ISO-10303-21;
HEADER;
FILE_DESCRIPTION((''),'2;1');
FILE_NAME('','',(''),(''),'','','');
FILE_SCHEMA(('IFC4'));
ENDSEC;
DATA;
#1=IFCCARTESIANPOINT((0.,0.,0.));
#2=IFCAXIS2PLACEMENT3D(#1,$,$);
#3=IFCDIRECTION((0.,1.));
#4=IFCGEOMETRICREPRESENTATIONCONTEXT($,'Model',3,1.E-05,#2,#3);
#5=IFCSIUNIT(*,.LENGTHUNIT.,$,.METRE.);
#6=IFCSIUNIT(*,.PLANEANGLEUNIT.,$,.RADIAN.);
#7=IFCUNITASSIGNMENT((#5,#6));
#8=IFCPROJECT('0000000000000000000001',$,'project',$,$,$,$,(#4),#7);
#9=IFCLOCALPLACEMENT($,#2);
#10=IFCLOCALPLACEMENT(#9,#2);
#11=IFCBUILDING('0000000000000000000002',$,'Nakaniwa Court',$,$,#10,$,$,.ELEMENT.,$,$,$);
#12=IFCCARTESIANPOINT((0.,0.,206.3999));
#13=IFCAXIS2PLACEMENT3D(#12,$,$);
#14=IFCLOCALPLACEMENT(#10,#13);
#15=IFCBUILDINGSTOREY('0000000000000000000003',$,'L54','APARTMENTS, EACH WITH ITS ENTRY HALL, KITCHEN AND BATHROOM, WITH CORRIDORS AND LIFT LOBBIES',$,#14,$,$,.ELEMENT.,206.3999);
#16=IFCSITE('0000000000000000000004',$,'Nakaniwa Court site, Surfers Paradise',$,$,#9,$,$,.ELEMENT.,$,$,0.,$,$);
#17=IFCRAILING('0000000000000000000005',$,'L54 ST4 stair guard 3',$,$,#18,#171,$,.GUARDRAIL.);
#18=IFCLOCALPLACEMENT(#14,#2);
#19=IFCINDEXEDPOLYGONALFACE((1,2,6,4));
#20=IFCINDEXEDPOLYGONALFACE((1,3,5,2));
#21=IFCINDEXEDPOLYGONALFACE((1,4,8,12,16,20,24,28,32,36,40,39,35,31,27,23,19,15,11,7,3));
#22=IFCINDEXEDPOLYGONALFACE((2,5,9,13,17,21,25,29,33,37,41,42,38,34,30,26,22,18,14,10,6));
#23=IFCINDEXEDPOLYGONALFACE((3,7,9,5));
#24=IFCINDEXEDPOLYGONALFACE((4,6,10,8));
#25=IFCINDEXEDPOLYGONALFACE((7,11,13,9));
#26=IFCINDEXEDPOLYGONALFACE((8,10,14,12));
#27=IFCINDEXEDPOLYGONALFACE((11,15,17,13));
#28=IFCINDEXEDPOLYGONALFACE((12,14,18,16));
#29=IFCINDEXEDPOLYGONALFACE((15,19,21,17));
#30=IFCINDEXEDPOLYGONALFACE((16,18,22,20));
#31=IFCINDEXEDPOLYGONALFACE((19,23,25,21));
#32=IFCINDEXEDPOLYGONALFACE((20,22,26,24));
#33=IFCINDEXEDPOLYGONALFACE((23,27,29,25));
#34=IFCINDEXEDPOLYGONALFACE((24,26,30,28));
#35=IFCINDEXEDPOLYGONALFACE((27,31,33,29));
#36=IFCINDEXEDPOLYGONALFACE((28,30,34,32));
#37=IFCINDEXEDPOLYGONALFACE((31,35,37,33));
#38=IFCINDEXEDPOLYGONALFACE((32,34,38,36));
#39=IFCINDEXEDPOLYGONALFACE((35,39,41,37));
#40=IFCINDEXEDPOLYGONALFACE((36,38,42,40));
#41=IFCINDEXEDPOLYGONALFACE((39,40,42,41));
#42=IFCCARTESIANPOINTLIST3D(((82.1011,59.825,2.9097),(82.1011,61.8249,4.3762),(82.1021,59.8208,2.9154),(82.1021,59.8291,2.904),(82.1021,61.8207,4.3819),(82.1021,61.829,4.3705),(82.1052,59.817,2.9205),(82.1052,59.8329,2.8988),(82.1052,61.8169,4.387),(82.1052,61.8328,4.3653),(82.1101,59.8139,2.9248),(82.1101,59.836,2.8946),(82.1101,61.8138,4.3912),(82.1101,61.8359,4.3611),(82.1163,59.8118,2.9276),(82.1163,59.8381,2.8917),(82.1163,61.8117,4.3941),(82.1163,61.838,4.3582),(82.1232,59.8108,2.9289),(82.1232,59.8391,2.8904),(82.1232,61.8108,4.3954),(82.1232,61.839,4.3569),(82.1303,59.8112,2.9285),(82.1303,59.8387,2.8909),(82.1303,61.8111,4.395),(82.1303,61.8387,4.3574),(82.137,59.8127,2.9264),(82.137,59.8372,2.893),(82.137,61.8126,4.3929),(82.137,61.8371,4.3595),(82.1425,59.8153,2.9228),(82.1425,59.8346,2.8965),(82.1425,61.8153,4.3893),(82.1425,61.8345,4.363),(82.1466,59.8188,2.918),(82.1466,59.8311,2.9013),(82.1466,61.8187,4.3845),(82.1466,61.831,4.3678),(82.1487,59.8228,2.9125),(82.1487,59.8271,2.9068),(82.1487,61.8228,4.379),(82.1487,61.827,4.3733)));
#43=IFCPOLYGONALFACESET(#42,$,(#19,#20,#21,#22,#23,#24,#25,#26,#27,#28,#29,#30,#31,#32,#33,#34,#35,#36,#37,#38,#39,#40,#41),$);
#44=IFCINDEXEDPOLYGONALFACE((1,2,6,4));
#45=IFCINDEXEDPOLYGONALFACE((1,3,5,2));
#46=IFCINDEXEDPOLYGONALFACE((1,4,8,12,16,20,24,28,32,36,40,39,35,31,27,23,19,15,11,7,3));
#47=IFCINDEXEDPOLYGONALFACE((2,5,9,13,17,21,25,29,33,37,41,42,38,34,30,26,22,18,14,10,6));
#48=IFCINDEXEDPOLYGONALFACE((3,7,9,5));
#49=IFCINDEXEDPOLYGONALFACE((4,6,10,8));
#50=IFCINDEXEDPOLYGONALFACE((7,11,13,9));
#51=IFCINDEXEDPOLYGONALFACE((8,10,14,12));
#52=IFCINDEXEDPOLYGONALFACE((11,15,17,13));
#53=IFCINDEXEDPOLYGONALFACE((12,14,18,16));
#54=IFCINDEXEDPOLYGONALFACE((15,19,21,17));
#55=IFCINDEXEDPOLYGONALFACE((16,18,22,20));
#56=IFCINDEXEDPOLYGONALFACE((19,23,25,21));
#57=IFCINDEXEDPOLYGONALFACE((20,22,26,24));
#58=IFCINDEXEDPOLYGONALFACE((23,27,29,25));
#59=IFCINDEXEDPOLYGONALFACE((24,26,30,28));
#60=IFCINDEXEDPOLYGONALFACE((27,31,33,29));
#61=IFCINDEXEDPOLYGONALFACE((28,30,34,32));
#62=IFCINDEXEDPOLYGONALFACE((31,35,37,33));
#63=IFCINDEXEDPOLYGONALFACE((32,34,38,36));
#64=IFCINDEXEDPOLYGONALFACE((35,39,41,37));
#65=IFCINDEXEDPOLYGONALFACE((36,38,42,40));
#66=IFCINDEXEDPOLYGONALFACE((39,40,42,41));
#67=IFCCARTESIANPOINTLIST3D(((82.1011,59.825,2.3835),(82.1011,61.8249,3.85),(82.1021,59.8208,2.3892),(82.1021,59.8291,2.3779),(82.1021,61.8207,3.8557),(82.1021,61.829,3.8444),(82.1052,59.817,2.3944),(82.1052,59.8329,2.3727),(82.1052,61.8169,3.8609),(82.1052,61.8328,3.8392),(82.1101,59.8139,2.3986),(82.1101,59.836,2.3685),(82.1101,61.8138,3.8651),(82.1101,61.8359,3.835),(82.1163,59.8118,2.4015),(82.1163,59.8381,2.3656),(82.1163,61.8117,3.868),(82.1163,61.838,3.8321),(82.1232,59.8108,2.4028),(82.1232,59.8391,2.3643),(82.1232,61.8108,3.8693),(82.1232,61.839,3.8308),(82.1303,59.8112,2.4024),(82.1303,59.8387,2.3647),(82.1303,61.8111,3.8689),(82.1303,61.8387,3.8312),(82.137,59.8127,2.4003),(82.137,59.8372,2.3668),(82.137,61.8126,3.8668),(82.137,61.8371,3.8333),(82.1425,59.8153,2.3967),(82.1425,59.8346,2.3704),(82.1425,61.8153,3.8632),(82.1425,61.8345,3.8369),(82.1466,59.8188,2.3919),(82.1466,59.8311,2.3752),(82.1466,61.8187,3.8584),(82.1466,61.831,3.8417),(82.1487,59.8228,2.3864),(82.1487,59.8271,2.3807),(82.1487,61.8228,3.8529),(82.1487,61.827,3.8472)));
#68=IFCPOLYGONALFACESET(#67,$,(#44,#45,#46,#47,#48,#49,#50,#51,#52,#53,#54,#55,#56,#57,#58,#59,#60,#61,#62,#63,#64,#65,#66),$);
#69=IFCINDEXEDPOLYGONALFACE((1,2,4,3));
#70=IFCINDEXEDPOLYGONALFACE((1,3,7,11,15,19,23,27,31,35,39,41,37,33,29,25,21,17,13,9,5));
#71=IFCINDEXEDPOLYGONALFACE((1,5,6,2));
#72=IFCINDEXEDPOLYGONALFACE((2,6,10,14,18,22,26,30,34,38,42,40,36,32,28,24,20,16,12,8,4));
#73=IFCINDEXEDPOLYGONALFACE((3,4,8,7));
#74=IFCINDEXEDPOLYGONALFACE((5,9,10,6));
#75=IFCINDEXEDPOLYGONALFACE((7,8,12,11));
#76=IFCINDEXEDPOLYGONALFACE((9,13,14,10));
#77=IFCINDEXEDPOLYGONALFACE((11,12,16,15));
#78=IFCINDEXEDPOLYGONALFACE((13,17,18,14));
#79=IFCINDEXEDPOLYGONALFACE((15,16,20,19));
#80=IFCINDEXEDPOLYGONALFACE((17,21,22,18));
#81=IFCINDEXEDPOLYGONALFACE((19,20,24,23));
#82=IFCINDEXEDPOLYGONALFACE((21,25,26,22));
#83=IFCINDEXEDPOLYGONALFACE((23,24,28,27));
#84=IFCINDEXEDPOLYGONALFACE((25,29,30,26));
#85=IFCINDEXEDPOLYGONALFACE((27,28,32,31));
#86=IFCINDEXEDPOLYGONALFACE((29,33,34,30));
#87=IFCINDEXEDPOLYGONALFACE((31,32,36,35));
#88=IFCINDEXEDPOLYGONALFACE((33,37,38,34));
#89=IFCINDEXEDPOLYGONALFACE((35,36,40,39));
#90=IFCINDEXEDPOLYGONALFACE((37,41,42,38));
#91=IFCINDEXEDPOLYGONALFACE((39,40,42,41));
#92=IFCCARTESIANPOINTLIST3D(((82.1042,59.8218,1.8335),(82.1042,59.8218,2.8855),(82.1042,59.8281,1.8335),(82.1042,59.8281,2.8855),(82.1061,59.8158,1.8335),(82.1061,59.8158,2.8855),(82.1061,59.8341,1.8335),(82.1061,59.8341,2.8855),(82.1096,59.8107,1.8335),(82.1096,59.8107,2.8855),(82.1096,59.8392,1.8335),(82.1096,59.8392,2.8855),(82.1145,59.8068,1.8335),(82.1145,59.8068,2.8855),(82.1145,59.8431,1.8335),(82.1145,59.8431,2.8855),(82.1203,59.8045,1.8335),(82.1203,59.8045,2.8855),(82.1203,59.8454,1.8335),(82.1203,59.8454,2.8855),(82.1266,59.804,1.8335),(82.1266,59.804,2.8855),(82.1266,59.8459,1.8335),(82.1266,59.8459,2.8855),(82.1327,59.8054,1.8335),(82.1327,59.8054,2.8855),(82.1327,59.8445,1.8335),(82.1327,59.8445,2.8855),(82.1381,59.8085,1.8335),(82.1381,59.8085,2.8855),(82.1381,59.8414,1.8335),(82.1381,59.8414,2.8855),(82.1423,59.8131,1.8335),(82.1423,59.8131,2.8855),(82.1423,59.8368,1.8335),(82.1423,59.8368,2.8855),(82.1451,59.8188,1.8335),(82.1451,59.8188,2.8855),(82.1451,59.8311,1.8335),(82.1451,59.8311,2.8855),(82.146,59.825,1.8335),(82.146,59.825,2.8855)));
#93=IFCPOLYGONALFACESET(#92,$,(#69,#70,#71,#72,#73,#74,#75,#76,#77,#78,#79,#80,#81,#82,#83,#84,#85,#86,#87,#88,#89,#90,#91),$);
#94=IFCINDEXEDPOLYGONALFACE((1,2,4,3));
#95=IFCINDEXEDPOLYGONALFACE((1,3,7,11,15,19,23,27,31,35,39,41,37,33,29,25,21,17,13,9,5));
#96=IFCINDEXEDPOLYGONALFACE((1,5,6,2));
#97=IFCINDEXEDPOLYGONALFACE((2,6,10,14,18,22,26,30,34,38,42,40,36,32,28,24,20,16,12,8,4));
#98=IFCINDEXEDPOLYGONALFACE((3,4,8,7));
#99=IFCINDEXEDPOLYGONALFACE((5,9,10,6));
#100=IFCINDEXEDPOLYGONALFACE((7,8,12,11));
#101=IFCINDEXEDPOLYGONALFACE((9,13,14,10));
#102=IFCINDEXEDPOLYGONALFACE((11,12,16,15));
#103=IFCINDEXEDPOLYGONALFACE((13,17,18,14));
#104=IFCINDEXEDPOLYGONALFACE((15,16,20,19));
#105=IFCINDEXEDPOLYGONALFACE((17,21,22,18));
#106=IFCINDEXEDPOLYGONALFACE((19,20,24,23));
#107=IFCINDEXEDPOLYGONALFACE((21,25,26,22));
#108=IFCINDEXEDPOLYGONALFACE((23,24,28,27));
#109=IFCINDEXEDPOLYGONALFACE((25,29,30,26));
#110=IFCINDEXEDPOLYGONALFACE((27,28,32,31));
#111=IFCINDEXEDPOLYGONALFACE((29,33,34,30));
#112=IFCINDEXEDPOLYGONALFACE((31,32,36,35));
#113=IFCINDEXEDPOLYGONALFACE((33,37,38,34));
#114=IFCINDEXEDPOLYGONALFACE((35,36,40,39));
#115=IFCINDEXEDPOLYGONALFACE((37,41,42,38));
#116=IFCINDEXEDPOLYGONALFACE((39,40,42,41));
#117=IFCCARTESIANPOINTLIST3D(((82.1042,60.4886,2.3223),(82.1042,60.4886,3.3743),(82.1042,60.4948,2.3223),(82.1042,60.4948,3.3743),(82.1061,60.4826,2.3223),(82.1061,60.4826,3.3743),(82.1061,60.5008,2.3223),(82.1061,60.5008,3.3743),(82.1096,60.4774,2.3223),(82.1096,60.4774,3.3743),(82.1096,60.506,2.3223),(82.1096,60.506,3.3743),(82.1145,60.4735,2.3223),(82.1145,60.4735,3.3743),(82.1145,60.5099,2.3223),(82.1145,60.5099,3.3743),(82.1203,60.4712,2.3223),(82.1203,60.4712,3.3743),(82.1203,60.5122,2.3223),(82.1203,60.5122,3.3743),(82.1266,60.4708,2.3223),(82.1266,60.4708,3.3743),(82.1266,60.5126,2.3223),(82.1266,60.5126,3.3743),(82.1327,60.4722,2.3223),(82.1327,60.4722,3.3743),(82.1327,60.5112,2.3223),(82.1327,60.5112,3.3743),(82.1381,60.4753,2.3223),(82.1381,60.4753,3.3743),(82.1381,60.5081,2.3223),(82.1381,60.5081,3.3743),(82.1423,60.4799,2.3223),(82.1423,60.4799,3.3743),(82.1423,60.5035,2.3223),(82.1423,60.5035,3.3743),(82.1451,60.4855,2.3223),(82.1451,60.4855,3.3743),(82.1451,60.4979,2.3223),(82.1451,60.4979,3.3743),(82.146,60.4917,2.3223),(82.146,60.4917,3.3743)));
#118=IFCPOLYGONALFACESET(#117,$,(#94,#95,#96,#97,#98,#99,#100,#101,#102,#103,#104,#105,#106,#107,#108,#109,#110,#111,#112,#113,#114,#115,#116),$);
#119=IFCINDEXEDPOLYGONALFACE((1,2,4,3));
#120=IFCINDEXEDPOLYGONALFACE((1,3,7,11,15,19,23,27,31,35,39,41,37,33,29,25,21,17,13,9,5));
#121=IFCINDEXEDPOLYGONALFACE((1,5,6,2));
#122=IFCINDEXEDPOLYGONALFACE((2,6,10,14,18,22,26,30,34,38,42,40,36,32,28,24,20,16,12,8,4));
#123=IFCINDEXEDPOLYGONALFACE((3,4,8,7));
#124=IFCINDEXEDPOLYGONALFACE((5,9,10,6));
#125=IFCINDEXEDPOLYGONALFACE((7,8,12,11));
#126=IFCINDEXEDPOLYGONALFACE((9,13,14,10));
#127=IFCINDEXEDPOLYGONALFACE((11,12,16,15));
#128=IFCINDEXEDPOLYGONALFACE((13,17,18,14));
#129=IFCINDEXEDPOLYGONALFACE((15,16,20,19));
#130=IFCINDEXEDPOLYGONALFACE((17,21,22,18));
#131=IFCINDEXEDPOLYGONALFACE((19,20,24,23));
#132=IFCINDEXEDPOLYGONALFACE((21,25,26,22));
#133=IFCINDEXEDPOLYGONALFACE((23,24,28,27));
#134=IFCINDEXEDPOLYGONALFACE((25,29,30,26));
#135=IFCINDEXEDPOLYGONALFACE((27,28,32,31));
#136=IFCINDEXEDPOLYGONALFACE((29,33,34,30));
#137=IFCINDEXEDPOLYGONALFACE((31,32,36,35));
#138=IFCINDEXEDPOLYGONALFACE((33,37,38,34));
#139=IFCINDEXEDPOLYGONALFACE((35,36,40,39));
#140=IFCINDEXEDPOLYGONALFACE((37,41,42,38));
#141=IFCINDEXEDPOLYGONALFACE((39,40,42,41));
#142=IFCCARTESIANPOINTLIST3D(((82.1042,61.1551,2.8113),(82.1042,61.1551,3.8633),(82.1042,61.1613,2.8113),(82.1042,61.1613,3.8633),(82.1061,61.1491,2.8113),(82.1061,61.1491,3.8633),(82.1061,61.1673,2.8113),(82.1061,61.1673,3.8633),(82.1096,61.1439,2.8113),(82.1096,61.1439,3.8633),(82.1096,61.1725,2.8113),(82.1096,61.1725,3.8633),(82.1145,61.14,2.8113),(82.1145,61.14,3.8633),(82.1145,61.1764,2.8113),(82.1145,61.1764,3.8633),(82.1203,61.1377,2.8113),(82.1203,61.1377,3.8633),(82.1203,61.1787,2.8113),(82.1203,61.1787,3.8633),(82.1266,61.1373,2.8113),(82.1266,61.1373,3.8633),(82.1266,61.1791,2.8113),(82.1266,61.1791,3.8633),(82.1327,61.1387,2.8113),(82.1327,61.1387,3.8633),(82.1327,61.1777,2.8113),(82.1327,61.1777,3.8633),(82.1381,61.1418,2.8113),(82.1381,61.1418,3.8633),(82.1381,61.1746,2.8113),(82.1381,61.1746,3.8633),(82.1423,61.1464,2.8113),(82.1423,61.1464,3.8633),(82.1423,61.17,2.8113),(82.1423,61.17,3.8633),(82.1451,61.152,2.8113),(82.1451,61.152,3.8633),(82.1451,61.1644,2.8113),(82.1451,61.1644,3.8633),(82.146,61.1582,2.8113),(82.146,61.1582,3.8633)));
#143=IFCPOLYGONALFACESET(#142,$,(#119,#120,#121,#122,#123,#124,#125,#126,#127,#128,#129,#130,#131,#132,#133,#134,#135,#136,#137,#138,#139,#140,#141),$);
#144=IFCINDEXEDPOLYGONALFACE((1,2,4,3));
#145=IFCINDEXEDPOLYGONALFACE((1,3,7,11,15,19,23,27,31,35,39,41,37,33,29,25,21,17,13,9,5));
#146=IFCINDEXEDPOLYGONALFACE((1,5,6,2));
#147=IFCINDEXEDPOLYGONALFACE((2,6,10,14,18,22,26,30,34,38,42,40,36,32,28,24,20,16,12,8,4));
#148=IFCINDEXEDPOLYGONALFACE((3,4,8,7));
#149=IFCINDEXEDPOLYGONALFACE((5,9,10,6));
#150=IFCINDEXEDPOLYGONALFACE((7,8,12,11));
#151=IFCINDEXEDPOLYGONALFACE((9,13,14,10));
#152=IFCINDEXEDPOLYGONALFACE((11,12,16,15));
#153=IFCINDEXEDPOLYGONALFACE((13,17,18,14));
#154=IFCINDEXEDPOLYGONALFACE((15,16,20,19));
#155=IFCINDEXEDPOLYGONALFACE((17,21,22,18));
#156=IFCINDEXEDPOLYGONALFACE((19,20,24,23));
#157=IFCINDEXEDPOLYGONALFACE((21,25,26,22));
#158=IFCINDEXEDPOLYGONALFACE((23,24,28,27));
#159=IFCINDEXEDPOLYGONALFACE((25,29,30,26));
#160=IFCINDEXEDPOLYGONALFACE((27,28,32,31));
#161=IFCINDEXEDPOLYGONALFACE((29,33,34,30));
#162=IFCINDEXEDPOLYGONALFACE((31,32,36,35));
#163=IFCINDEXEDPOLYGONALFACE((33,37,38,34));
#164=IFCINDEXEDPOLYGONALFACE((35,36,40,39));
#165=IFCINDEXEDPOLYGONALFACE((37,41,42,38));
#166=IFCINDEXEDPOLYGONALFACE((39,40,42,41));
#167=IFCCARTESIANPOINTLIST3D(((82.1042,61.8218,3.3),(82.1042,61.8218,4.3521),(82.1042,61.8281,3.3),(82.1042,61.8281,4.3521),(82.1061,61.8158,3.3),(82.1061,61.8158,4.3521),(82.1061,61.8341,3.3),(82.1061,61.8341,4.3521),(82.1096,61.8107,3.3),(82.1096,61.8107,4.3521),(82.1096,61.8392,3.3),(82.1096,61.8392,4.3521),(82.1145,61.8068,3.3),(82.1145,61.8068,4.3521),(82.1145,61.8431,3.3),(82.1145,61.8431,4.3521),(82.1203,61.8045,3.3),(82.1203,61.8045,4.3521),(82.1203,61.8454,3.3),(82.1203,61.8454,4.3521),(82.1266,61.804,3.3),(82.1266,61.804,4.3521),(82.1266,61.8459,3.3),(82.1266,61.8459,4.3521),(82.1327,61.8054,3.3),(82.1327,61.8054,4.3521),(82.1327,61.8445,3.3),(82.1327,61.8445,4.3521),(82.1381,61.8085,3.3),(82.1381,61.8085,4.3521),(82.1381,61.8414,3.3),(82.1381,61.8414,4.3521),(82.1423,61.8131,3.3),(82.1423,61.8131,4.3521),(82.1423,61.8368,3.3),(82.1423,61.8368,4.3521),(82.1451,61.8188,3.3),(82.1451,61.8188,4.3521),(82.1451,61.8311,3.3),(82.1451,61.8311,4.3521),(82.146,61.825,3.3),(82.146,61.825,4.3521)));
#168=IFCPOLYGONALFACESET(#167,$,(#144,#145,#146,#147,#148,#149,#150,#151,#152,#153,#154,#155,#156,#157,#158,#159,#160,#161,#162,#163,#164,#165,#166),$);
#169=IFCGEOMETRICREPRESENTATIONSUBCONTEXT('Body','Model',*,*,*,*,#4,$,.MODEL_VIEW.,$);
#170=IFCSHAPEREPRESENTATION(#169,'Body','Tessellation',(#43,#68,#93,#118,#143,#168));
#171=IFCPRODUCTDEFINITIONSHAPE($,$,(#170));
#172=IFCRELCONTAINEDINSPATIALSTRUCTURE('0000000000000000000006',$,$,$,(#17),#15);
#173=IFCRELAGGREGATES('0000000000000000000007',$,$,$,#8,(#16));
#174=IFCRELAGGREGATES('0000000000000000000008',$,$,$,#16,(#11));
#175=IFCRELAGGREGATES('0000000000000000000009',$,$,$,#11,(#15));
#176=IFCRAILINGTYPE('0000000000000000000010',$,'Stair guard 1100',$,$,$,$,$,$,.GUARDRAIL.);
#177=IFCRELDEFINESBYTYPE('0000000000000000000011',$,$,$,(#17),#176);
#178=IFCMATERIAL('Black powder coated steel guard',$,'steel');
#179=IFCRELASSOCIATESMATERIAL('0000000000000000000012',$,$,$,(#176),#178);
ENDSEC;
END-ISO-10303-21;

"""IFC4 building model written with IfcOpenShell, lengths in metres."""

from ifc_helpers import new_model, si_unit, direction, frame, origin, origin_2d, place, context, subcontext, project, spatial, circle, extrude, material, type_object, element, save


model = new_model("IFC4")

# Units and contexts
model_context = context("Model", 3, precision=1e-05, world=origin(), true_north=direction((0.0, 1.0)))
body_context = subcontext(model_context, "Body", "Model", "MODEL_VIEW")
ifc_project = project(units=[si_unit("LENGTHUNIT", "METRE"), si_unit("PLANEANGLEUNIT", "RADIAN")], contexts=[model_context])

# Site, building, storey
site_placement = place(None, origin())
site = spatial("IfcSite", under=ifc_project, at=site_placement, Name="Nakaniwa Court site, Surfers Paradise", CompositionType="ELEMENT", RefElevation=0.0)
building_placement = place(site_placement, origin())
building = spatial("IfcBuilding", under=site, at=building_placement, Name="Nakaniwa Court", CompositionType="ELEMENT")
storey_placement = place(building_placement, frame((0.0, 0.0, 206.3999)))
storey = spatial("IfcBuildingStorey", under=building, at=storey_placement, Name="L54", Description="APARTMENTS, EACH WITH ITS ENTRY HALL, KITCHEN AND BATHROOM, WITH CORRIDORS AND LIFT LOBBIES", CompositionType="ELEMENT", Elevation=206.3999)

# Railing
ifc_material_1 = material(Name="Black powder coated steel guard", Category="steel")
railing_type_1 = type_object("IfcRailingType", Name="Stair guard 1100", PredefinedType="GUARDRAIL", material=ifc_material_1)
railing_1_placement = place(storey_placement, frame((82.125, 59.825, 1.8335)))
element("IfcRailing", 1, at=railing_1_placement, inside=storey, type_object=railing_type_1, Name="L54 ST4 stair guard 3", PredefinedType="GUARDRAIL", context=body_context, shape_type="SweptSolid", body=[
    extrude(circle(Radius=0.0239, at=origin_2d()), frame((0.0, 0.0, 1.0762), z_axis=(0.0, 0.806427, 0.591334), x_axis=(-1.0, 0.0, 0.0)), (0.0, 0.0, 1.0), 2.48),
    extrude(circle(Radius=0.0239, at=origin_2d()), frame((0.0, 0.0, 0.55), z_axis=(0.0, 0.806427, 0.591334), x_axis=(-1.0, 0.0, 0.0)), (0.0, 0.0, 1.0), 2.48),
    extrude(circle(Radius=0.021, at=origin_2d()), origin(), (0.0, 0.0, 1.0), 1.052),
    extrude(circle(Radius=0.021, at=origin_2d()), frame((0.0, 0.6667, 0.4888)), (0.0, 0.0, 1.0), 1.052),
    extrude(circle(Radius=0.021, at=origin_2d()), frame((0.0, 1.3333, 0.9778)), (0.0, 0.0, 1.0), 1.052),
    extrude(circle(Radius=0.021, at=origin_2d()), frame((0.0, 2.0, 1.4666)), (0.0, 0.0, 1.0), 1.052),
])

save(model, "model.ifc")
